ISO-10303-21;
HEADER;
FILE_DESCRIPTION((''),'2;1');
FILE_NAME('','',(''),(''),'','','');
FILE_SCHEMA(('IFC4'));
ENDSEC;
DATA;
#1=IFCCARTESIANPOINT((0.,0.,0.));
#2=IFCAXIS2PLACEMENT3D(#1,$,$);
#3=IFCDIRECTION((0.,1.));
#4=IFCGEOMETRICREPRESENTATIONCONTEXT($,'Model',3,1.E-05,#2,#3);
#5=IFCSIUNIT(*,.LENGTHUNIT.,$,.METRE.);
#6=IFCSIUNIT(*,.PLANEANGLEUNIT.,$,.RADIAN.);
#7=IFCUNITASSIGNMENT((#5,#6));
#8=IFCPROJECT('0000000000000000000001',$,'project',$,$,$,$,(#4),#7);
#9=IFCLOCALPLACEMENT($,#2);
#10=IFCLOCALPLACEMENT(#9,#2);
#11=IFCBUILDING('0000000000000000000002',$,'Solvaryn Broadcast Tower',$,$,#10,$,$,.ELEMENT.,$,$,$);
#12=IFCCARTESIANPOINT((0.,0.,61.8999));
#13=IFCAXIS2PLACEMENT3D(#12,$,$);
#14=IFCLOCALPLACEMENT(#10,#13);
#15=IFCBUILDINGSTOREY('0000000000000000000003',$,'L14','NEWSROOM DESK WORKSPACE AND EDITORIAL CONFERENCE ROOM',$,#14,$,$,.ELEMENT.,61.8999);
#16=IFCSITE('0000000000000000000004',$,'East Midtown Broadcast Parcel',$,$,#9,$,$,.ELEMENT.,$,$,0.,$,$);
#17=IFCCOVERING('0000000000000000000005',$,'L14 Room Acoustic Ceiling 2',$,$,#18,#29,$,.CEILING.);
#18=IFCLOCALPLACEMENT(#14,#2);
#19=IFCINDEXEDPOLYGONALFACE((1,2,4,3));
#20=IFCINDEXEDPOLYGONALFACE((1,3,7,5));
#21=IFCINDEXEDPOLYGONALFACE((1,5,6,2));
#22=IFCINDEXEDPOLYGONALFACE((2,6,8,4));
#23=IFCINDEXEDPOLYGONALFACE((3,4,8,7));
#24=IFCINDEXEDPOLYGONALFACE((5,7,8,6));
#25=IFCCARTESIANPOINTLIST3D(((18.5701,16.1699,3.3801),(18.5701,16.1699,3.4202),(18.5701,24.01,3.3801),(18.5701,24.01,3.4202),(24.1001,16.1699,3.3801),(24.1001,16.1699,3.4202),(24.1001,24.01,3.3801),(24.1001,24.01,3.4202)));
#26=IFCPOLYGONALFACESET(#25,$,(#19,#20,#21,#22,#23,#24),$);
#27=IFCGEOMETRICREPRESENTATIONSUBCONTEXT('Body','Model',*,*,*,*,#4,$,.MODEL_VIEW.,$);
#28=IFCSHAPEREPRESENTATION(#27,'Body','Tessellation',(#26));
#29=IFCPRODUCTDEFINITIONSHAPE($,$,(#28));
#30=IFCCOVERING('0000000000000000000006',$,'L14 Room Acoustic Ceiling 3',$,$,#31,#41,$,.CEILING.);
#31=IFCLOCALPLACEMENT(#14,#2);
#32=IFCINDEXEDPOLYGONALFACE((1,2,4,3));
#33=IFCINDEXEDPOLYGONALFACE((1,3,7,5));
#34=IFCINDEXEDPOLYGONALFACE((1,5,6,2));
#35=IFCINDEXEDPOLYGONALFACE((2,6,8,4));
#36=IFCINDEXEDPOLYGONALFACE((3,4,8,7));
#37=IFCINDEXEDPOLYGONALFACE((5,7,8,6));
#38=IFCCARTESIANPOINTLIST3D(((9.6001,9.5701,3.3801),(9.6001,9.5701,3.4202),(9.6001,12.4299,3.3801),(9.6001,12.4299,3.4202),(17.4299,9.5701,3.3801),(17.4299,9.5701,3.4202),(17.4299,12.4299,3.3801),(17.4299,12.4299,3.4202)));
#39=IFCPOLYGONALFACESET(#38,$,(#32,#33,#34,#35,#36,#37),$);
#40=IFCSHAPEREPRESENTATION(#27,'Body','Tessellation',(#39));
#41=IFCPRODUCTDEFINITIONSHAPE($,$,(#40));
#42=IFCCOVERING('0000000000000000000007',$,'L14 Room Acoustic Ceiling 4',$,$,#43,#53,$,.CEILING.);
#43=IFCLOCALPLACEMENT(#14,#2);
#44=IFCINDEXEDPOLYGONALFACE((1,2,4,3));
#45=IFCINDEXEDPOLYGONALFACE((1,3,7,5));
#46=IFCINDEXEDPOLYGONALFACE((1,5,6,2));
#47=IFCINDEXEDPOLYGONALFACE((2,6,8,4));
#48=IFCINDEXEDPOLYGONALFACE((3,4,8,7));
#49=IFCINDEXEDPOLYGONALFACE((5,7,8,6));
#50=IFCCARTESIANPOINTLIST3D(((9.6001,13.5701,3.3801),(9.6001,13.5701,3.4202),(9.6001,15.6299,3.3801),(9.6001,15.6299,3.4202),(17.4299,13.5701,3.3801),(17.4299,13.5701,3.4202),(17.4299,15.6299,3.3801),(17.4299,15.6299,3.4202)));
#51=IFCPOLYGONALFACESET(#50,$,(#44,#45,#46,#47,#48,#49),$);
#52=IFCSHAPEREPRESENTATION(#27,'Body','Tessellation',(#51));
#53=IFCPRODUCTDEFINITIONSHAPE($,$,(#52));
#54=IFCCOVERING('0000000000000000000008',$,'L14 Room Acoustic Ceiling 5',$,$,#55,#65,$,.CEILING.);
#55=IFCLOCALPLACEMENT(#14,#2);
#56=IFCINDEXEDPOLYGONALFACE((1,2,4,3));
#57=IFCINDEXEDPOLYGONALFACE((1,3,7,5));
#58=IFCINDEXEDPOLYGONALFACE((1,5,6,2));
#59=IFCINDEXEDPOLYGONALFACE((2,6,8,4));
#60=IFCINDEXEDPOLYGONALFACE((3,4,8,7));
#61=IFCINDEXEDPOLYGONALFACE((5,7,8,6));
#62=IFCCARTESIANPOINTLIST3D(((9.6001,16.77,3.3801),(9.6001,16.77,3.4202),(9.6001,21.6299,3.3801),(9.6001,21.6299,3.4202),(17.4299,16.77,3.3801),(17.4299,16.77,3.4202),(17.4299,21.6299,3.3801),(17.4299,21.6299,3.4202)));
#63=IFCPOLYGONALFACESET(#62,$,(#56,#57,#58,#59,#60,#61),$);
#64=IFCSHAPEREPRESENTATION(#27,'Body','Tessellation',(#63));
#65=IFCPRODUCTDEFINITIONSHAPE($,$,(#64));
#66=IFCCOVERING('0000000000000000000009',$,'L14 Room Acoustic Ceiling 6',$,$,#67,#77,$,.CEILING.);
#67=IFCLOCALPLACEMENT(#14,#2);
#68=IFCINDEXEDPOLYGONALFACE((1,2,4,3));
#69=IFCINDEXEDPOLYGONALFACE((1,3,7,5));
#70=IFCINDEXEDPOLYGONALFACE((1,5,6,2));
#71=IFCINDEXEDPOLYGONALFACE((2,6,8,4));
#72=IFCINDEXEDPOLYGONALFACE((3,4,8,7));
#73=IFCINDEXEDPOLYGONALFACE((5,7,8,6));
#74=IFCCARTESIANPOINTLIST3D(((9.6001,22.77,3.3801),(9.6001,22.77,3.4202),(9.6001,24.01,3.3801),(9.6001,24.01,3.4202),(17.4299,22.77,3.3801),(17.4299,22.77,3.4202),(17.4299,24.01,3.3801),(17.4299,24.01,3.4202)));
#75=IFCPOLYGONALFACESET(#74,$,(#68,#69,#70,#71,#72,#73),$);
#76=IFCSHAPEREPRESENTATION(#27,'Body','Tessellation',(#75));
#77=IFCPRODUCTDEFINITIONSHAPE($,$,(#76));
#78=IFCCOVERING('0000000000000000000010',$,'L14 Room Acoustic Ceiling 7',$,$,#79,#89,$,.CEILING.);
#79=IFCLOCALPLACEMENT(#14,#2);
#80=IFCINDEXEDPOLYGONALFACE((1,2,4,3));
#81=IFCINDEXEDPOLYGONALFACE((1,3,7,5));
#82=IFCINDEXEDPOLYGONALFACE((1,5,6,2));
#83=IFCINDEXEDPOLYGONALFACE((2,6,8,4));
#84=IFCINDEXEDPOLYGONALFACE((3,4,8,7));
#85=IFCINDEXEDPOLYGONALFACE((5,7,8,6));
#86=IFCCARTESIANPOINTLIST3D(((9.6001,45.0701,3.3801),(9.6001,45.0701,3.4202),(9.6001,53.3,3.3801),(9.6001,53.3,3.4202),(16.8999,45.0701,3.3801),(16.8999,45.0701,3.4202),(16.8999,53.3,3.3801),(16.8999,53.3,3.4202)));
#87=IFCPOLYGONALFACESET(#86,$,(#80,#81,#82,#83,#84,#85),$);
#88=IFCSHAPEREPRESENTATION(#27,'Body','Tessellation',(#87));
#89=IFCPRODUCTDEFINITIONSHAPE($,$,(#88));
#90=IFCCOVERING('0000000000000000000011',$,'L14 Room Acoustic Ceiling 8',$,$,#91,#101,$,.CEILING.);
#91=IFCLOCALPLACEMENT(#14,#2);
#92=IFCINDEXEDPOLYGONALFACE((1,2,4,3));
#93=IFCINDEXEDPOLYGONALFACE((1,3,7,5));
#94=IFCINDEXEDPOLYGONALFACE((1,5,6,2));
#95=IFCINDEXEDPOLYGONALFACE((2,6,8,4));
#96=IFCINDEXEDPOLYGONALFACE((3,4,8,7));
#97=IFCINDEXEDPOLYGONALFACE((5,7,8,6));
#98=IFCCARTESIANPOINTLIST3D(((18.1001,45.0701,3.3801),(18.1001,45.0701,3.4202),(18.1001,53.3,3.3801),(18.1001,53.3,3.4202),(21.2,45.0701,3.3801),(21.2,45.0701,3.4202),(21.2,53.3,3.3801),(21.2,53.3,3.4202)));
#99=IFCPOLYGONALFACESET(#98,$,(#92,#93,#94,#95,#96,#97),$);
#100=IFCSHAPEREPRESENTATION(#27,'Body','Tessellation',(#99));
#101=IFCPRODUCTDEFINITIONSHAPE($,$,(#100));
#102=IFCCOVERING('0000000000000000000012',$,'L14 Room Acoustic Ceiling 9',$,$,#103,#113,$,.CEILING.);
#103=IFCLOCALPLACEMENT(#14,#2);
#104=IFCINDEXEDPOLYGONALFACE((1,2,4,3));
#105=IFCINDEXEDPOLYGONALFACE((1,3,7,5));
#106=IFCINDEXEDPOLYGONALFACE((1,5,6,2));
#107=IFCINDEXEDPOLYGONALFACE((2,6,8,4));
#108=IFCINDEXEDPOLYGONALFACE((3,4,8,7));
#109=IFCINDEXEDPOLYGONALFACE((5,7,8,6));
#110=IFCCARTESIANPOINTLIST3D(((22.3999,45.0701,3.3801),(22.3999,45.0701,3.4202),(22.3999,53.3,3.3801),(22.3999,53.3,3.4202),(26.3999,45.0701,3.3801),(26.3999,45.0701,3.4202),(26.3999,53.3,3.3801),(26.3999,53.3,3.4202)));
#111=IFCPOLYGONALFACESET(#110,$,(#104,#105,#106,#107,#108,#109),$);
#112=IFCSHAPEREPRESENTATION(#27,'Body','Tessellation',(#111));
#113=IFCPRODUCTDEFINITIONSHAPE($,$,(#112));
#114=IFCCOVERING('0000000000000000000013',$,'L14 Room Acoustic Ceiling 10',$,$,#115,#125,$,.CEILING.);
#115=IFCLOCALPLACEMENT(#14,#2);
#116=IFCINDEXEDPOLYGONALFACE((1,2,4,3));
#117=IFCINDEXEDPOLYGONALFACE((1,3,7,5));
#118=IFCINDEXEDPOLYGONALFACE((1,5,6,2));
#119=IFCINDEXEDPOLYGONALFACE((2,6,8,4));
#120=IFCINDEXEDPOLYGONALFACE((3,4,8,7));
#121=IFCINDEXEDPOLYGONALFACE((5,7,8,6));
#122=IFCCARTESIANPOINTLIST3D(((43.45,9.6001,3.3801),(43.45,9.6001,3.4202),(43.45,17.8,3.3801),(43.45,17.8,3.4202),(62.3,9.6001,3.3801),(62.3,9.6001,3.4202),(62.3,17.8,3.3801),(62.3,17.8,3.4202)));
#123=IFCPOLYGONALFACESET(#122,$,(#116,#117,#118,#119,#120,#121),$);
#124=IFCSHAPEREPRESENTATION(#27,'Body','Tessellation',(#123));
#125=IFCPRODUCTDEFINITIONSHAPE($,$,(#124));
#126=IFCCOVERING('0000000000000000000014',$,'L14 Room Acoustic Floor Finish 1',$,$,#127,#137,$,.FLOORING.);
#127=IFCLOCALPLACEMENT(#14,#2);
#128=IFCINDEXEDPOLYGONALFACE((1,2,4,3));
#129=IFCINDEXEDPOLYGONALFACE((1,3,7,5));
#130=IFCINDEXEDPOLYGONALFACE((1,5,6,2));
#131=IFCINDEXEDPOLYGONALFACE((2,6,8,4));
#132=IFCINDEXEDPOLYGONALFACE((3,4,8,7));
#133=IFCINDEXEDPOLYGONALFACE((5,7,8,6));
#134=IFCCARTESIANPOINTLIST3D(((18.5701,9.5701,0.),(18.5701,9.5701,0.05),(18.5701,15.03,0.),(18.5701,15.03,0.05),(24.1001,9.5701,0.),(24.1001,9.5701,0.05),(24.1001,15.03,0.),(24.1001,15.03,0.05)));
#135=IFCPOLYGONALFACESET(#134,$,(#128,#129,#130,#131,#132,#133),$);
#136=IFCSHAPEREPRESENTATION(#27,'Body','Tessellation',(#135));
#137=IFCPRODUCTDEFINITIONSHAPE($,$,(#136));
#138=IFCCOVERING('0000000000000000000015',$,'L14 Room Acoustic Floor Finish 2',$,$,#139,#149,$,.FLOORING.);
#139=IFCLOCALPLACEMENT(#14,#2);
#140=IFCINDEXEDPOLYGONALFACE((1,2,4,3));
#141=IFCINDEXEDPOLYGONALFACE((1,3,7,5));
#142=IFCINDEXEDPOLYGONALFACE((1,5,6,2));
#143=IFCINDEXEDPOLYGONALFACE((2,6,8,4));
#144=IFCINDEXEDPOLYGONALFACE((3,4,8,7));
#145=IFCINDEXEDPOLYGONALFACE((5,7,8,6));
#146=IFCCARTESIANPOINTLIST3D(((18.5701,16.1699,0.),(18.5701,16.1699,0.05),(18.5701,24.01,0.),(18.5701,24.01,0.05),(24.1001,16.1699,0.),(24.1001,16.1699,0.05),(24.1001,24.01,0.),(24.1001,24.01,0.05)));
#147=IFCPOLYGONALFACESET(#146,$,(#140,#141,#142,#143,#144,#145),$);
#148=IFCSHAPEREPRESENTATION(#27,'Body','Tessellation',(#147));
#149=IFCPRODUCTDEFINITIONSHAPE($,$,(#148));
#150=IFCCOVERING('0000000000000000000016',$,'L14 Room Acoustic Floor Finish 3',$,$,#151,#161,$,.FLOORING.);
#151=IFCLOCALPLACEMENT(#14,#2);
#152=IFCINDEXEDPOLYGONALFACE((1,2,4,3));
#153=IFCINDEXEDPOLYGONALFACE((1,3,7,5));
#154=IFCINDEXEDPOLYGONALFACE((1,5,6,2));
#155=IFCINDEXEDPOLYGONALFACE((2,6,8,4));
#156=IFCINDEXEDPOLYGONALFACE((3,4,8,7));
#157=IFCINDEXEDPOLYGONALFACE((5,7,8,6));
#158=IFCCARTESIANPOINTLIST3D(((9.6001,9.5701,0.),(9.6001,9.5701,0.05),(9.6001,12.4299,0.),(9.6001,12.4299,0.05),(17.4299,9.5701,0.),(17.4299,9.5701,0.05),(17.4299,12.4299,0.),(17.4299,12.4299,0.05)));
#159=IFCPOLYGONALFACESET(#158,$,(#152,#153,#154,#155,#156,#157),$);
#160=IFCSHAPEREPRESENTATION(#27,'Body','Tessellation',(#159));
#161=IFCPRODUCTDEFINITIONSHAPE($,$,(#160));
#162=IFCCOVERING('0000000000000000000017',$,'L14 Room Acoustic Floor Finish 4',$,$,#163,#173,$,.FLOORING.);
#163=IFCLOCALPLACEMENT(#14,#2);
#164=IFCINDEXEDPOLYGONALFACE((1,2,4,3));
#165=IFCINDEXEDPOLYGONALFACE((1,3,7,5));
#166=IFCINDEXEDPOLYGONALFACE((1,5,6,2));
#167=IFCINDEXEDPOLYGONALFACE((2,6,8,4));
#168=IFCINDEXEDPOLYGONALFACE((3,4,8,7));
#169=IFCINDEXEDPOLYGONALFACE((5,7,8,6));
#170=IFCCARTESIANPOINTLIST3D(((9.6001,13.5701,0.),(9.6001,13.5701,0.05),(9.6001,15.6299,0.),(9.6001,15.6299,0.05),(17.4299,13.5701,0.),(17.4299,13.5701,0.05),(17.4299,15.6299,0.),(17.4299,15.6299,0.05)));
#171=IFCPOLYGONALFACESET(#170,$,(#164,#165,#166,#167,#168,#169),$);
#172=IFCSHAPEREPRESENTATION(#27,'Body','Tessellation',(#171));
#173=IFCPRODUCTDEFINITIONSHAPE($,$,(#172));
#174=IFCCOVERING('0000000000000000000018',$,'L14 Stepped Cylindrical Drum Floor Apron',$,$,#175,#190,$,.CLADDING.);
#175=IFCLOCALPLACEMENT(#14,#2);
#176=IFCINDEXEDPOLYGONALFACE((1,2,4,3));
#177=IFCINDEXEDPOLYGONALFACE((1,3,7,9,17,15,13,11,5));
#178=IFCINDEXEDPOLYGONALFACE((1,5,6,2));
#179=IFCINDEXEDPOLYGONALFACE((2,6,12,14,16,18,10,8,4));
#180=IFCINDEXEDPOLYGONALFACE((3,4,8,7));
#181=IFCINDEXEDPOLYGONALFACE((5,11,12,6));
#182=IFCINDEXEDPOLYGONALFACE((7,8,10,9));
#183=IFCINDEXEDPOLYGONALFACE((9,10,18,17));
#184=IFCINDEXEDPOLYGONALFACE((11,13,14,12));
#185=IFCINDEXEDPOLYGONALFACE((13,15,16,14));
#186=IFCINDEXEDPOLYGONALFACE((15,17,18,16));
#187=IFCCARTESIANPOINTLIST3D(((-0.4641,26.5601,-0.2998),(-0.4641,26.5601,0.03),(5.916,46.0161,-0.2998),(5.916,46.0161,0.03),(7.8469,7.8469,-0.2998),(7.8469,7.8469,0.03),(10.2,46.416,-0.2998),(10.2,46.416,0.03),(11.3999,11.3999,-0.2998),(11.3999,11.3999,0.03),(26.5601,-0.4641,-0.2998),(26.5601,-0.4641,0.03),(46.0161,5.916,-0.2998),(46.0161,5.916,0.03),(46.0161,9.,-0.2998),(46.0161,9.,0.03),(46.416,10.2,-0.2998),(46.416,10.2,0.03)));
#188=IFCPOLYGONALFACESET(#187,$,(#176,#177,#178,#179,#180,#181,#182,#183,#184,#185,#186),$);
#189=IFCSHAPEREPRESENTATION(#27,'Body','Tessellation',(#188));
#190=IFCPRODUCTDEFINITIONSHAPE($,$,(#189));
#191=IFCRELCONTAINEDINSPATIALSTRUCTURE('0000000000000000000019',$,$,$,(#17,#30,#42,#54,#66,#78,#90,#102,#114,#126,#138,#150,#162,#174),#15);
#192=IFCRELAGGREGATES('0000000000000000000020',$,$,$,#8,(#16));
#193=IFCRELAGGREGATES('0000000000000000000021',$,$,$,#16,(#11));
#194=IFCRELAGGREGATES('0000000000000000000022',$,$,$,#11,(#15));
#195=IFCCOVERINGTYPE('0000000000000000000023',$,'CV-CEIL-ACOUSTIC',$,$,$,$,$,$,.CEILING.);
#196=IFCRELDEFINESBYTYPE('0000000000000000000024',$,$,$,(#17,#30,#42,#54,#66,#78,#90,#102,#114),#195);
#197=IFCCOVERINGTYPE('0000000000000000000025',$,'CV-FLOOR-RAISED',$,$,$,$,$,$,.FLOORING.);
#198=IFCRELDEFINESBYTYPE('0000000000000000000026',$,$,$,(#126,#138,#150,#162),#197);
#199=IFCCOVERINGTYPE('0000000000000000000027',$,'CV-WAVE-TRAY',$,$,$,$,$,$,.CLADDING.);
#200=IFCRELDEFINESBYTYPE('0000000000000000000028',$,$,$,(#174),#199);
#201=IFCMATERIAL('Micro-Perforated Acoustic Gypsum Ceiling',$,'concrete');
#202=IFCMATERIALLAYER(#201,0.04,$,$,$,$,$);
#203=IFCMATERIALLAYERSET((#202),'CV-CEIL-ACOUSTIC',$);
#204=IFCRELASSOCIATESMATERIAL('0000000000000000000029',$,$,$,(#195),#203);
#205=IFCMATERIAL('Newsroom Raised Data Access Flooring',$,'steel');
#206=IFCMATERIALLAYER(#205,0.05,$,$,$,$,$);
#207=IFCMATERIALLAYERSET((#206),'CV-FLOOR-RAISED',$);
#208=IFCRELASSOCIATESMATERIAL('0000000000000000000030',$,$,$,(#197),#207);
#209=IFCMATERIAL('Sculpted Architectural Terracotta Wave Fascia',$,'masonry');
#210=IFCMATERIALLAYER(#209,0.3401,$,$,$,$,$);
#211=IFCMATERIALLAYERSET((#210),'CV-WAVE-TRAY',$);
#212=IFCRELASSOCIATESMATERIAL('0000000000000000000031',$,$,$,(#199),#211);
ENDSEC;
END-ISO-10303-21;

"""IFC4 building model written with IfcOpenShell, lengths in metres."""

from ifc_helpers import new_model, si_unit, direction, frame, origin, place, context, subcontext, project, spatial, polyline, outline, extrude, material, layer, layer_set, type_object, element, save


model = new_model("IFC4")

# Units and contexts
model_context = context("Model", 3, precision=1e-05, world=origin(), true_north=direction((0.0, 1.0)))
body_context = subcontext(model_context, "Body", "Model", "MODEL_VIEW")
ifc_project = project(units=[si_unit("LENGTHUNIT", "METRE"), si_unit("PLANEANGLEUNIT", "RADIAN")], contexts=[model_context])

# Site, building, storey
site_placement = place(None, origin())
site = spatial("IfcSite", under=ifc_project, at=site_placement, Name="East Midtown Broadcast Parcel", CompositionType="ELEMENT", RefElevation=0.0)
building_placement = place(site_placement, origin())
building = spatial("IfcBuilding", under=site, at=building_placement, Name="Solvaryn Broadcast Tower", CompositionType="ELEMENT")
storey_placement = place(building_placement, frame((0.0, 0.0, 61.8999)))
storey = spatial("IfcBuildingStorey", under=building, at=storey_placement, Name="L14", Description="NEWSROOM DESK WORKSPACE AND EDITORIAL CONFERENCE ROOM", CompositionType="ELEMENT", Elevation=61.8999)

# Coverings
ifc_material_1 = material(Name="Micro-Perforated Acoustic Gypsum Ceiling", Category="concrete")
ifc_layer_1 = layer(ifc_material_1, 0.04)
ifc_layer_set_1 = layer_set([ifc_layer_1], Name="CV-CEIL-ACOUSTIC")
covering_type_1 = type_object("IfcCoveringType", Name="CV-CEIL-ACOUSTIC", PredefinedType="CEILING", material=ifc_layer_set_1)
covering_1_placement = place(storey_placement, frame((0.0, 0.0, 3.3801)))
element("IfcCovering", 1, at=covering_1_placement, inside=storey, type_object=covering_type_1, Name="L14 Room Acoustic Ceiling 2", PredefinedType="CEILING", context=body_context, shape_type="SweptSolid", body=[
    extrude(outline(polyline([(18.5701, 16.1699), (24.1001, 16.1699), (24.1001, 24.01), (18.5701, 24.01), (18.5701, 16.1699)])), origin(), (0.0, 0.0, 1.0), 0.04),
])
covering_2_placement = place(storey_placement, frame((0.0, 0.0, 3.3801)))
element("IfcCovering", 2, at=covering_2_placement, inside=storey, type_object=covering_type_1, Name="L14 Room Acoustic Ceiling 3", PredefinedType="CEILING", context=body_context, shape_type="SweptSolid", body=[
    extrude(outline(polyline([(9.6001, 9.5701), (17.4299, 9.5701), (17.4299, 12.4299), (9.6001, 12.4299), (9.6001, 9.5701)])), origin(), (0.0, 0.0, 1.0), 0.04),
])
covering_3_placement = place(storey_placement, frame((0.0, 0.0, 3.3801)))
element("IfcCovering", 3, at=covering_3_placement, inside=storey, type_object=covering_type_1, Name="L14 Room Acoustic Ceiling 4", PredefinedType="CEILING", context=body_context, shape_type="SweptSolid", body=[
    extrude(outline(polyline([(9.6001, 13.5701), (17.4299, 13.5701), (17.4299, 15.6299), (9.6001, 15.6299), (9.6001, 13.5701)])), origin(), (0.0, 0.0, 1.0), 0.04),
])
covering_4_placement = place(storey_placement, frame((0.0, 0.0, 3.3801)))
element("IfcCovering", 4, at=covering_4_placement, inside=storey, type_object=covering_type_1, Name="L14 Room Acoustic Ceiling 5", PredefinedType="CEILING", context=body_context, shape_type="SweptSolid", body=[
    extrude(outline(polyline([(9.6001, 16.77), (17.4299, 16.77), (17.4299, 21.6299), (9.6001, 21.6299), (9.6001, 16.77)])), origin(), (0.0, 0.0, 1.0), 0.04),
])
covering_5_placement = place(storey_placement, frame((0.0, 0.0, 3.3801)))
element("IfcCovering", 5, at=covering_5_placement, inside=storey, type_object=covering_type_1, Name="L14 Room Acoustic Ceiling 6", PredefinedType="CEILING", context=body_context, shape_type="SweptSolid", body=[
    extrude(outline(polyline([(9.6001, 22.77), (17.4299, 22.77), (17.4299, 24.01), (9.6001, 24.01), (9.6001, 22.77)])), origin(), (0.0, 0.0, 1.0), 0.04),
])
covering_6_placement = place(storey_placement, frame((0.0, 0.0, 3.3801)))
element("IfcCovering", 6, at=covering_6_placement, inside=storey, type_object=covering_type_1, Name="L14 Room Acoustic Ceiling 7", PredefinedType="CEILING", context=body_context, shape_type="SweptSolid", body=[
    extrude(outline(polyline([(9.6001, 45.0701), (16.8999, 45.0701), (16.8999, 53.3), (9.6001, 53.3), (9.6001, 45.0701)])), origin(), (0.0, 0.0, 1.0), 0.04),
])
covering_7_placement = place(storey_placement, frame((0.0, 0.0, 3.3801)))
element("IfcCovering", 7, at=covering_7_placement, inside=storey, type_object=covering_type_1, Name="L14 Room Acoustic Ceiling 8", PredefinedType="CEILING", context=body_context, shape_type="SweptSolid", body=[
    extrude(outline(polyline([(18.1001, 45.0701), (21.2, 45.0701), (21.2, 53.3), (18.1001, 53.3), (18.1001, 45.0701)])), origin(), (0.0, 0.0, 1.0), 0.04),
])
covering_8_placement = place(storey_placement, frame((0.0, 0.0, 3.3801)))
element("IfcCovering", 8, at=covering_8_placement, inside=storey, type_object=covering_type_1, Name="L14 Room Acoustic Ceiling 9", PredefinedType="CEILING", context=body_context, shape_type="SweptSolid", body=[
    extrude(outline(polyline([(22.3999, 45.0701), (26.3999, 45.0701), (26.3999, 53.3), (22.3999, 53.3), (22.3999, 45.0701)])), origin(), (0.0, 0.0, 1.0), 0.04),
])
covering_9_placement = place(storey_placement, frame((0.0, 0.0, 3.3801)))
element("IfcCovering", 9, at=covering_9_placement, inside=storey, type_object=covering_type_1, Name="L14 Room Acoustic Ceiling 10", PredefinedType="CEILING", context=body_context, shape_type="SweptSolid", body=[
    extrude(outline(polyline([(43.45, 9.6001), (62.3, 9.6001), (62.3, 17.8), (43.45, 17.8), (43.45, 9.6001)])), origin(), (0.0, 0.0, 1.0), 0.04),
])
ifc_material_2 = material(Name="Newsroom Raised Data Access Flooring", Category="steel")
ifc_layer_2 = layer(ifc_material_2, 0.05)
ifc_layer_set_2 = layer_set([ifc_layer_2], Name="CV-FLOOR-RAISED")
covering_type_2 = type_object("IfcCoveringType", Name="CV-FLOOR-RAISED", PredefinedType="FLOORING", material=ifc_layer_set_2)
covering_10_placement = place(storey_placement, origin())
element("IfcCovering", 10, at=covering_10_placement, inside=storey, type_object=covering_type_2, Name="L14 Room Acoustic Floor Finish 1", PredefinedType="FLOORING", context=body_context, shape_type="SweptSolid", body=[
    extrude(outline(polyline([(18.5701, 9.5701), (24.1001, 9.5701), (24.1001, 15.03), (18.5701, 15.03), (18.5701, 9.5701)])), origin(), (0.0, 0.0, 1.0), 0.05),
])
covering_11_placement = place(storey_placement, origin())
element("IfcCovering", 11, at=covering_11_placement, inside=storey, type_object=covering_type_2, Name="L14 Room Acoustic Floor Finish 2", PredefinedType="FLOORING", context=body_context, shape_type="SweptSolid", body=[
    extrude(outline(polyline([(18.5701, 16.1699), (24.1001, 16.1699), (24.1001, 24.01), (18.5701, 24.01), (18.5701, 16.1699)])), origin(), (0.0, 0.0, 1.0), 0.05),
])
covering_12_placement = place(storey_placement, origin())
element("IfcCovering", 12, at=covering_12_placement, inside=storey, type_object=covering_type_2, Name="L14 Room Acoustic Floor Finish 3", PredefinedType="FLOORING", context=body_context, shape_type="SweptSolid", body=[
    extrude(outline(polyline([(9.6001, 9.5701), (17.4299, 9.5701), (17.4299, 12.4299), (9.6001, 12.4299), (9.6001, 9.5701)])), origin(), (0.0, 0.0, 1.0), 0.05),
])
covering_13_placement = place(storey_placement, origin())
element("IfcCovering", 13, at=covering_13_placement, inside=storey, type_object=covering_type_2, Name="L14 Room Acoustic Floor Finish 4", PredefinedType="FLOORING", context=body_context, shape_type="SweptSolid", body=[
    extrude(outline(polyline([(9.6001, 13.5701), (17.4299, 13.5701), (17.4299, 15.6299), (9.6001, 15.6299), (9.6001, 13.5701)])), origin(), (0.0, 0.0, 1.0), 0.05),
])
ifc_material_3 = material(Name="Sculpted Architectural Terracotta Wave Fascia", Category="masonry")
ifc_layer_3 = layer(ifc_material_3, 0.3401)
ifc_layer_set_3 = layer_set([ifc_layer_3], Name="CV-WAVE-TRAY")
covering_type_3 = type_object("IfcCoveringType", Name="CV-WAVE-TRAY", PredefinedType="CLADDING", material=ifc_layer_set_3)
covering_14_placement = place(storey_placement, frame((0.0, 0.0, -0.2998)))
element("IfcCovering", 14, at=covering_14_placement, inside=storey, type_object=covering_type_3, Name="L14 Stepped Cylindrical Drum Floor Apron", PredefinedType="CLADDING", context=body_context, shape_type="SweptSolid", body=[
    extrude(outline(polyline([(10.2, 46.416), (5.916, 46.0161), (-0.4641, 26.5601), (7.8469, 7.8469), (26.5601, -0.4641), (46.0161, 5.916), (46.0161, 9.0), (46.416, 10.2), (11.3999, 11.3999), (10.2, 46.416)])), origin(), (0.0, 0.0, 1.0), 0.3298),
])

save(model, "model.ifc")
